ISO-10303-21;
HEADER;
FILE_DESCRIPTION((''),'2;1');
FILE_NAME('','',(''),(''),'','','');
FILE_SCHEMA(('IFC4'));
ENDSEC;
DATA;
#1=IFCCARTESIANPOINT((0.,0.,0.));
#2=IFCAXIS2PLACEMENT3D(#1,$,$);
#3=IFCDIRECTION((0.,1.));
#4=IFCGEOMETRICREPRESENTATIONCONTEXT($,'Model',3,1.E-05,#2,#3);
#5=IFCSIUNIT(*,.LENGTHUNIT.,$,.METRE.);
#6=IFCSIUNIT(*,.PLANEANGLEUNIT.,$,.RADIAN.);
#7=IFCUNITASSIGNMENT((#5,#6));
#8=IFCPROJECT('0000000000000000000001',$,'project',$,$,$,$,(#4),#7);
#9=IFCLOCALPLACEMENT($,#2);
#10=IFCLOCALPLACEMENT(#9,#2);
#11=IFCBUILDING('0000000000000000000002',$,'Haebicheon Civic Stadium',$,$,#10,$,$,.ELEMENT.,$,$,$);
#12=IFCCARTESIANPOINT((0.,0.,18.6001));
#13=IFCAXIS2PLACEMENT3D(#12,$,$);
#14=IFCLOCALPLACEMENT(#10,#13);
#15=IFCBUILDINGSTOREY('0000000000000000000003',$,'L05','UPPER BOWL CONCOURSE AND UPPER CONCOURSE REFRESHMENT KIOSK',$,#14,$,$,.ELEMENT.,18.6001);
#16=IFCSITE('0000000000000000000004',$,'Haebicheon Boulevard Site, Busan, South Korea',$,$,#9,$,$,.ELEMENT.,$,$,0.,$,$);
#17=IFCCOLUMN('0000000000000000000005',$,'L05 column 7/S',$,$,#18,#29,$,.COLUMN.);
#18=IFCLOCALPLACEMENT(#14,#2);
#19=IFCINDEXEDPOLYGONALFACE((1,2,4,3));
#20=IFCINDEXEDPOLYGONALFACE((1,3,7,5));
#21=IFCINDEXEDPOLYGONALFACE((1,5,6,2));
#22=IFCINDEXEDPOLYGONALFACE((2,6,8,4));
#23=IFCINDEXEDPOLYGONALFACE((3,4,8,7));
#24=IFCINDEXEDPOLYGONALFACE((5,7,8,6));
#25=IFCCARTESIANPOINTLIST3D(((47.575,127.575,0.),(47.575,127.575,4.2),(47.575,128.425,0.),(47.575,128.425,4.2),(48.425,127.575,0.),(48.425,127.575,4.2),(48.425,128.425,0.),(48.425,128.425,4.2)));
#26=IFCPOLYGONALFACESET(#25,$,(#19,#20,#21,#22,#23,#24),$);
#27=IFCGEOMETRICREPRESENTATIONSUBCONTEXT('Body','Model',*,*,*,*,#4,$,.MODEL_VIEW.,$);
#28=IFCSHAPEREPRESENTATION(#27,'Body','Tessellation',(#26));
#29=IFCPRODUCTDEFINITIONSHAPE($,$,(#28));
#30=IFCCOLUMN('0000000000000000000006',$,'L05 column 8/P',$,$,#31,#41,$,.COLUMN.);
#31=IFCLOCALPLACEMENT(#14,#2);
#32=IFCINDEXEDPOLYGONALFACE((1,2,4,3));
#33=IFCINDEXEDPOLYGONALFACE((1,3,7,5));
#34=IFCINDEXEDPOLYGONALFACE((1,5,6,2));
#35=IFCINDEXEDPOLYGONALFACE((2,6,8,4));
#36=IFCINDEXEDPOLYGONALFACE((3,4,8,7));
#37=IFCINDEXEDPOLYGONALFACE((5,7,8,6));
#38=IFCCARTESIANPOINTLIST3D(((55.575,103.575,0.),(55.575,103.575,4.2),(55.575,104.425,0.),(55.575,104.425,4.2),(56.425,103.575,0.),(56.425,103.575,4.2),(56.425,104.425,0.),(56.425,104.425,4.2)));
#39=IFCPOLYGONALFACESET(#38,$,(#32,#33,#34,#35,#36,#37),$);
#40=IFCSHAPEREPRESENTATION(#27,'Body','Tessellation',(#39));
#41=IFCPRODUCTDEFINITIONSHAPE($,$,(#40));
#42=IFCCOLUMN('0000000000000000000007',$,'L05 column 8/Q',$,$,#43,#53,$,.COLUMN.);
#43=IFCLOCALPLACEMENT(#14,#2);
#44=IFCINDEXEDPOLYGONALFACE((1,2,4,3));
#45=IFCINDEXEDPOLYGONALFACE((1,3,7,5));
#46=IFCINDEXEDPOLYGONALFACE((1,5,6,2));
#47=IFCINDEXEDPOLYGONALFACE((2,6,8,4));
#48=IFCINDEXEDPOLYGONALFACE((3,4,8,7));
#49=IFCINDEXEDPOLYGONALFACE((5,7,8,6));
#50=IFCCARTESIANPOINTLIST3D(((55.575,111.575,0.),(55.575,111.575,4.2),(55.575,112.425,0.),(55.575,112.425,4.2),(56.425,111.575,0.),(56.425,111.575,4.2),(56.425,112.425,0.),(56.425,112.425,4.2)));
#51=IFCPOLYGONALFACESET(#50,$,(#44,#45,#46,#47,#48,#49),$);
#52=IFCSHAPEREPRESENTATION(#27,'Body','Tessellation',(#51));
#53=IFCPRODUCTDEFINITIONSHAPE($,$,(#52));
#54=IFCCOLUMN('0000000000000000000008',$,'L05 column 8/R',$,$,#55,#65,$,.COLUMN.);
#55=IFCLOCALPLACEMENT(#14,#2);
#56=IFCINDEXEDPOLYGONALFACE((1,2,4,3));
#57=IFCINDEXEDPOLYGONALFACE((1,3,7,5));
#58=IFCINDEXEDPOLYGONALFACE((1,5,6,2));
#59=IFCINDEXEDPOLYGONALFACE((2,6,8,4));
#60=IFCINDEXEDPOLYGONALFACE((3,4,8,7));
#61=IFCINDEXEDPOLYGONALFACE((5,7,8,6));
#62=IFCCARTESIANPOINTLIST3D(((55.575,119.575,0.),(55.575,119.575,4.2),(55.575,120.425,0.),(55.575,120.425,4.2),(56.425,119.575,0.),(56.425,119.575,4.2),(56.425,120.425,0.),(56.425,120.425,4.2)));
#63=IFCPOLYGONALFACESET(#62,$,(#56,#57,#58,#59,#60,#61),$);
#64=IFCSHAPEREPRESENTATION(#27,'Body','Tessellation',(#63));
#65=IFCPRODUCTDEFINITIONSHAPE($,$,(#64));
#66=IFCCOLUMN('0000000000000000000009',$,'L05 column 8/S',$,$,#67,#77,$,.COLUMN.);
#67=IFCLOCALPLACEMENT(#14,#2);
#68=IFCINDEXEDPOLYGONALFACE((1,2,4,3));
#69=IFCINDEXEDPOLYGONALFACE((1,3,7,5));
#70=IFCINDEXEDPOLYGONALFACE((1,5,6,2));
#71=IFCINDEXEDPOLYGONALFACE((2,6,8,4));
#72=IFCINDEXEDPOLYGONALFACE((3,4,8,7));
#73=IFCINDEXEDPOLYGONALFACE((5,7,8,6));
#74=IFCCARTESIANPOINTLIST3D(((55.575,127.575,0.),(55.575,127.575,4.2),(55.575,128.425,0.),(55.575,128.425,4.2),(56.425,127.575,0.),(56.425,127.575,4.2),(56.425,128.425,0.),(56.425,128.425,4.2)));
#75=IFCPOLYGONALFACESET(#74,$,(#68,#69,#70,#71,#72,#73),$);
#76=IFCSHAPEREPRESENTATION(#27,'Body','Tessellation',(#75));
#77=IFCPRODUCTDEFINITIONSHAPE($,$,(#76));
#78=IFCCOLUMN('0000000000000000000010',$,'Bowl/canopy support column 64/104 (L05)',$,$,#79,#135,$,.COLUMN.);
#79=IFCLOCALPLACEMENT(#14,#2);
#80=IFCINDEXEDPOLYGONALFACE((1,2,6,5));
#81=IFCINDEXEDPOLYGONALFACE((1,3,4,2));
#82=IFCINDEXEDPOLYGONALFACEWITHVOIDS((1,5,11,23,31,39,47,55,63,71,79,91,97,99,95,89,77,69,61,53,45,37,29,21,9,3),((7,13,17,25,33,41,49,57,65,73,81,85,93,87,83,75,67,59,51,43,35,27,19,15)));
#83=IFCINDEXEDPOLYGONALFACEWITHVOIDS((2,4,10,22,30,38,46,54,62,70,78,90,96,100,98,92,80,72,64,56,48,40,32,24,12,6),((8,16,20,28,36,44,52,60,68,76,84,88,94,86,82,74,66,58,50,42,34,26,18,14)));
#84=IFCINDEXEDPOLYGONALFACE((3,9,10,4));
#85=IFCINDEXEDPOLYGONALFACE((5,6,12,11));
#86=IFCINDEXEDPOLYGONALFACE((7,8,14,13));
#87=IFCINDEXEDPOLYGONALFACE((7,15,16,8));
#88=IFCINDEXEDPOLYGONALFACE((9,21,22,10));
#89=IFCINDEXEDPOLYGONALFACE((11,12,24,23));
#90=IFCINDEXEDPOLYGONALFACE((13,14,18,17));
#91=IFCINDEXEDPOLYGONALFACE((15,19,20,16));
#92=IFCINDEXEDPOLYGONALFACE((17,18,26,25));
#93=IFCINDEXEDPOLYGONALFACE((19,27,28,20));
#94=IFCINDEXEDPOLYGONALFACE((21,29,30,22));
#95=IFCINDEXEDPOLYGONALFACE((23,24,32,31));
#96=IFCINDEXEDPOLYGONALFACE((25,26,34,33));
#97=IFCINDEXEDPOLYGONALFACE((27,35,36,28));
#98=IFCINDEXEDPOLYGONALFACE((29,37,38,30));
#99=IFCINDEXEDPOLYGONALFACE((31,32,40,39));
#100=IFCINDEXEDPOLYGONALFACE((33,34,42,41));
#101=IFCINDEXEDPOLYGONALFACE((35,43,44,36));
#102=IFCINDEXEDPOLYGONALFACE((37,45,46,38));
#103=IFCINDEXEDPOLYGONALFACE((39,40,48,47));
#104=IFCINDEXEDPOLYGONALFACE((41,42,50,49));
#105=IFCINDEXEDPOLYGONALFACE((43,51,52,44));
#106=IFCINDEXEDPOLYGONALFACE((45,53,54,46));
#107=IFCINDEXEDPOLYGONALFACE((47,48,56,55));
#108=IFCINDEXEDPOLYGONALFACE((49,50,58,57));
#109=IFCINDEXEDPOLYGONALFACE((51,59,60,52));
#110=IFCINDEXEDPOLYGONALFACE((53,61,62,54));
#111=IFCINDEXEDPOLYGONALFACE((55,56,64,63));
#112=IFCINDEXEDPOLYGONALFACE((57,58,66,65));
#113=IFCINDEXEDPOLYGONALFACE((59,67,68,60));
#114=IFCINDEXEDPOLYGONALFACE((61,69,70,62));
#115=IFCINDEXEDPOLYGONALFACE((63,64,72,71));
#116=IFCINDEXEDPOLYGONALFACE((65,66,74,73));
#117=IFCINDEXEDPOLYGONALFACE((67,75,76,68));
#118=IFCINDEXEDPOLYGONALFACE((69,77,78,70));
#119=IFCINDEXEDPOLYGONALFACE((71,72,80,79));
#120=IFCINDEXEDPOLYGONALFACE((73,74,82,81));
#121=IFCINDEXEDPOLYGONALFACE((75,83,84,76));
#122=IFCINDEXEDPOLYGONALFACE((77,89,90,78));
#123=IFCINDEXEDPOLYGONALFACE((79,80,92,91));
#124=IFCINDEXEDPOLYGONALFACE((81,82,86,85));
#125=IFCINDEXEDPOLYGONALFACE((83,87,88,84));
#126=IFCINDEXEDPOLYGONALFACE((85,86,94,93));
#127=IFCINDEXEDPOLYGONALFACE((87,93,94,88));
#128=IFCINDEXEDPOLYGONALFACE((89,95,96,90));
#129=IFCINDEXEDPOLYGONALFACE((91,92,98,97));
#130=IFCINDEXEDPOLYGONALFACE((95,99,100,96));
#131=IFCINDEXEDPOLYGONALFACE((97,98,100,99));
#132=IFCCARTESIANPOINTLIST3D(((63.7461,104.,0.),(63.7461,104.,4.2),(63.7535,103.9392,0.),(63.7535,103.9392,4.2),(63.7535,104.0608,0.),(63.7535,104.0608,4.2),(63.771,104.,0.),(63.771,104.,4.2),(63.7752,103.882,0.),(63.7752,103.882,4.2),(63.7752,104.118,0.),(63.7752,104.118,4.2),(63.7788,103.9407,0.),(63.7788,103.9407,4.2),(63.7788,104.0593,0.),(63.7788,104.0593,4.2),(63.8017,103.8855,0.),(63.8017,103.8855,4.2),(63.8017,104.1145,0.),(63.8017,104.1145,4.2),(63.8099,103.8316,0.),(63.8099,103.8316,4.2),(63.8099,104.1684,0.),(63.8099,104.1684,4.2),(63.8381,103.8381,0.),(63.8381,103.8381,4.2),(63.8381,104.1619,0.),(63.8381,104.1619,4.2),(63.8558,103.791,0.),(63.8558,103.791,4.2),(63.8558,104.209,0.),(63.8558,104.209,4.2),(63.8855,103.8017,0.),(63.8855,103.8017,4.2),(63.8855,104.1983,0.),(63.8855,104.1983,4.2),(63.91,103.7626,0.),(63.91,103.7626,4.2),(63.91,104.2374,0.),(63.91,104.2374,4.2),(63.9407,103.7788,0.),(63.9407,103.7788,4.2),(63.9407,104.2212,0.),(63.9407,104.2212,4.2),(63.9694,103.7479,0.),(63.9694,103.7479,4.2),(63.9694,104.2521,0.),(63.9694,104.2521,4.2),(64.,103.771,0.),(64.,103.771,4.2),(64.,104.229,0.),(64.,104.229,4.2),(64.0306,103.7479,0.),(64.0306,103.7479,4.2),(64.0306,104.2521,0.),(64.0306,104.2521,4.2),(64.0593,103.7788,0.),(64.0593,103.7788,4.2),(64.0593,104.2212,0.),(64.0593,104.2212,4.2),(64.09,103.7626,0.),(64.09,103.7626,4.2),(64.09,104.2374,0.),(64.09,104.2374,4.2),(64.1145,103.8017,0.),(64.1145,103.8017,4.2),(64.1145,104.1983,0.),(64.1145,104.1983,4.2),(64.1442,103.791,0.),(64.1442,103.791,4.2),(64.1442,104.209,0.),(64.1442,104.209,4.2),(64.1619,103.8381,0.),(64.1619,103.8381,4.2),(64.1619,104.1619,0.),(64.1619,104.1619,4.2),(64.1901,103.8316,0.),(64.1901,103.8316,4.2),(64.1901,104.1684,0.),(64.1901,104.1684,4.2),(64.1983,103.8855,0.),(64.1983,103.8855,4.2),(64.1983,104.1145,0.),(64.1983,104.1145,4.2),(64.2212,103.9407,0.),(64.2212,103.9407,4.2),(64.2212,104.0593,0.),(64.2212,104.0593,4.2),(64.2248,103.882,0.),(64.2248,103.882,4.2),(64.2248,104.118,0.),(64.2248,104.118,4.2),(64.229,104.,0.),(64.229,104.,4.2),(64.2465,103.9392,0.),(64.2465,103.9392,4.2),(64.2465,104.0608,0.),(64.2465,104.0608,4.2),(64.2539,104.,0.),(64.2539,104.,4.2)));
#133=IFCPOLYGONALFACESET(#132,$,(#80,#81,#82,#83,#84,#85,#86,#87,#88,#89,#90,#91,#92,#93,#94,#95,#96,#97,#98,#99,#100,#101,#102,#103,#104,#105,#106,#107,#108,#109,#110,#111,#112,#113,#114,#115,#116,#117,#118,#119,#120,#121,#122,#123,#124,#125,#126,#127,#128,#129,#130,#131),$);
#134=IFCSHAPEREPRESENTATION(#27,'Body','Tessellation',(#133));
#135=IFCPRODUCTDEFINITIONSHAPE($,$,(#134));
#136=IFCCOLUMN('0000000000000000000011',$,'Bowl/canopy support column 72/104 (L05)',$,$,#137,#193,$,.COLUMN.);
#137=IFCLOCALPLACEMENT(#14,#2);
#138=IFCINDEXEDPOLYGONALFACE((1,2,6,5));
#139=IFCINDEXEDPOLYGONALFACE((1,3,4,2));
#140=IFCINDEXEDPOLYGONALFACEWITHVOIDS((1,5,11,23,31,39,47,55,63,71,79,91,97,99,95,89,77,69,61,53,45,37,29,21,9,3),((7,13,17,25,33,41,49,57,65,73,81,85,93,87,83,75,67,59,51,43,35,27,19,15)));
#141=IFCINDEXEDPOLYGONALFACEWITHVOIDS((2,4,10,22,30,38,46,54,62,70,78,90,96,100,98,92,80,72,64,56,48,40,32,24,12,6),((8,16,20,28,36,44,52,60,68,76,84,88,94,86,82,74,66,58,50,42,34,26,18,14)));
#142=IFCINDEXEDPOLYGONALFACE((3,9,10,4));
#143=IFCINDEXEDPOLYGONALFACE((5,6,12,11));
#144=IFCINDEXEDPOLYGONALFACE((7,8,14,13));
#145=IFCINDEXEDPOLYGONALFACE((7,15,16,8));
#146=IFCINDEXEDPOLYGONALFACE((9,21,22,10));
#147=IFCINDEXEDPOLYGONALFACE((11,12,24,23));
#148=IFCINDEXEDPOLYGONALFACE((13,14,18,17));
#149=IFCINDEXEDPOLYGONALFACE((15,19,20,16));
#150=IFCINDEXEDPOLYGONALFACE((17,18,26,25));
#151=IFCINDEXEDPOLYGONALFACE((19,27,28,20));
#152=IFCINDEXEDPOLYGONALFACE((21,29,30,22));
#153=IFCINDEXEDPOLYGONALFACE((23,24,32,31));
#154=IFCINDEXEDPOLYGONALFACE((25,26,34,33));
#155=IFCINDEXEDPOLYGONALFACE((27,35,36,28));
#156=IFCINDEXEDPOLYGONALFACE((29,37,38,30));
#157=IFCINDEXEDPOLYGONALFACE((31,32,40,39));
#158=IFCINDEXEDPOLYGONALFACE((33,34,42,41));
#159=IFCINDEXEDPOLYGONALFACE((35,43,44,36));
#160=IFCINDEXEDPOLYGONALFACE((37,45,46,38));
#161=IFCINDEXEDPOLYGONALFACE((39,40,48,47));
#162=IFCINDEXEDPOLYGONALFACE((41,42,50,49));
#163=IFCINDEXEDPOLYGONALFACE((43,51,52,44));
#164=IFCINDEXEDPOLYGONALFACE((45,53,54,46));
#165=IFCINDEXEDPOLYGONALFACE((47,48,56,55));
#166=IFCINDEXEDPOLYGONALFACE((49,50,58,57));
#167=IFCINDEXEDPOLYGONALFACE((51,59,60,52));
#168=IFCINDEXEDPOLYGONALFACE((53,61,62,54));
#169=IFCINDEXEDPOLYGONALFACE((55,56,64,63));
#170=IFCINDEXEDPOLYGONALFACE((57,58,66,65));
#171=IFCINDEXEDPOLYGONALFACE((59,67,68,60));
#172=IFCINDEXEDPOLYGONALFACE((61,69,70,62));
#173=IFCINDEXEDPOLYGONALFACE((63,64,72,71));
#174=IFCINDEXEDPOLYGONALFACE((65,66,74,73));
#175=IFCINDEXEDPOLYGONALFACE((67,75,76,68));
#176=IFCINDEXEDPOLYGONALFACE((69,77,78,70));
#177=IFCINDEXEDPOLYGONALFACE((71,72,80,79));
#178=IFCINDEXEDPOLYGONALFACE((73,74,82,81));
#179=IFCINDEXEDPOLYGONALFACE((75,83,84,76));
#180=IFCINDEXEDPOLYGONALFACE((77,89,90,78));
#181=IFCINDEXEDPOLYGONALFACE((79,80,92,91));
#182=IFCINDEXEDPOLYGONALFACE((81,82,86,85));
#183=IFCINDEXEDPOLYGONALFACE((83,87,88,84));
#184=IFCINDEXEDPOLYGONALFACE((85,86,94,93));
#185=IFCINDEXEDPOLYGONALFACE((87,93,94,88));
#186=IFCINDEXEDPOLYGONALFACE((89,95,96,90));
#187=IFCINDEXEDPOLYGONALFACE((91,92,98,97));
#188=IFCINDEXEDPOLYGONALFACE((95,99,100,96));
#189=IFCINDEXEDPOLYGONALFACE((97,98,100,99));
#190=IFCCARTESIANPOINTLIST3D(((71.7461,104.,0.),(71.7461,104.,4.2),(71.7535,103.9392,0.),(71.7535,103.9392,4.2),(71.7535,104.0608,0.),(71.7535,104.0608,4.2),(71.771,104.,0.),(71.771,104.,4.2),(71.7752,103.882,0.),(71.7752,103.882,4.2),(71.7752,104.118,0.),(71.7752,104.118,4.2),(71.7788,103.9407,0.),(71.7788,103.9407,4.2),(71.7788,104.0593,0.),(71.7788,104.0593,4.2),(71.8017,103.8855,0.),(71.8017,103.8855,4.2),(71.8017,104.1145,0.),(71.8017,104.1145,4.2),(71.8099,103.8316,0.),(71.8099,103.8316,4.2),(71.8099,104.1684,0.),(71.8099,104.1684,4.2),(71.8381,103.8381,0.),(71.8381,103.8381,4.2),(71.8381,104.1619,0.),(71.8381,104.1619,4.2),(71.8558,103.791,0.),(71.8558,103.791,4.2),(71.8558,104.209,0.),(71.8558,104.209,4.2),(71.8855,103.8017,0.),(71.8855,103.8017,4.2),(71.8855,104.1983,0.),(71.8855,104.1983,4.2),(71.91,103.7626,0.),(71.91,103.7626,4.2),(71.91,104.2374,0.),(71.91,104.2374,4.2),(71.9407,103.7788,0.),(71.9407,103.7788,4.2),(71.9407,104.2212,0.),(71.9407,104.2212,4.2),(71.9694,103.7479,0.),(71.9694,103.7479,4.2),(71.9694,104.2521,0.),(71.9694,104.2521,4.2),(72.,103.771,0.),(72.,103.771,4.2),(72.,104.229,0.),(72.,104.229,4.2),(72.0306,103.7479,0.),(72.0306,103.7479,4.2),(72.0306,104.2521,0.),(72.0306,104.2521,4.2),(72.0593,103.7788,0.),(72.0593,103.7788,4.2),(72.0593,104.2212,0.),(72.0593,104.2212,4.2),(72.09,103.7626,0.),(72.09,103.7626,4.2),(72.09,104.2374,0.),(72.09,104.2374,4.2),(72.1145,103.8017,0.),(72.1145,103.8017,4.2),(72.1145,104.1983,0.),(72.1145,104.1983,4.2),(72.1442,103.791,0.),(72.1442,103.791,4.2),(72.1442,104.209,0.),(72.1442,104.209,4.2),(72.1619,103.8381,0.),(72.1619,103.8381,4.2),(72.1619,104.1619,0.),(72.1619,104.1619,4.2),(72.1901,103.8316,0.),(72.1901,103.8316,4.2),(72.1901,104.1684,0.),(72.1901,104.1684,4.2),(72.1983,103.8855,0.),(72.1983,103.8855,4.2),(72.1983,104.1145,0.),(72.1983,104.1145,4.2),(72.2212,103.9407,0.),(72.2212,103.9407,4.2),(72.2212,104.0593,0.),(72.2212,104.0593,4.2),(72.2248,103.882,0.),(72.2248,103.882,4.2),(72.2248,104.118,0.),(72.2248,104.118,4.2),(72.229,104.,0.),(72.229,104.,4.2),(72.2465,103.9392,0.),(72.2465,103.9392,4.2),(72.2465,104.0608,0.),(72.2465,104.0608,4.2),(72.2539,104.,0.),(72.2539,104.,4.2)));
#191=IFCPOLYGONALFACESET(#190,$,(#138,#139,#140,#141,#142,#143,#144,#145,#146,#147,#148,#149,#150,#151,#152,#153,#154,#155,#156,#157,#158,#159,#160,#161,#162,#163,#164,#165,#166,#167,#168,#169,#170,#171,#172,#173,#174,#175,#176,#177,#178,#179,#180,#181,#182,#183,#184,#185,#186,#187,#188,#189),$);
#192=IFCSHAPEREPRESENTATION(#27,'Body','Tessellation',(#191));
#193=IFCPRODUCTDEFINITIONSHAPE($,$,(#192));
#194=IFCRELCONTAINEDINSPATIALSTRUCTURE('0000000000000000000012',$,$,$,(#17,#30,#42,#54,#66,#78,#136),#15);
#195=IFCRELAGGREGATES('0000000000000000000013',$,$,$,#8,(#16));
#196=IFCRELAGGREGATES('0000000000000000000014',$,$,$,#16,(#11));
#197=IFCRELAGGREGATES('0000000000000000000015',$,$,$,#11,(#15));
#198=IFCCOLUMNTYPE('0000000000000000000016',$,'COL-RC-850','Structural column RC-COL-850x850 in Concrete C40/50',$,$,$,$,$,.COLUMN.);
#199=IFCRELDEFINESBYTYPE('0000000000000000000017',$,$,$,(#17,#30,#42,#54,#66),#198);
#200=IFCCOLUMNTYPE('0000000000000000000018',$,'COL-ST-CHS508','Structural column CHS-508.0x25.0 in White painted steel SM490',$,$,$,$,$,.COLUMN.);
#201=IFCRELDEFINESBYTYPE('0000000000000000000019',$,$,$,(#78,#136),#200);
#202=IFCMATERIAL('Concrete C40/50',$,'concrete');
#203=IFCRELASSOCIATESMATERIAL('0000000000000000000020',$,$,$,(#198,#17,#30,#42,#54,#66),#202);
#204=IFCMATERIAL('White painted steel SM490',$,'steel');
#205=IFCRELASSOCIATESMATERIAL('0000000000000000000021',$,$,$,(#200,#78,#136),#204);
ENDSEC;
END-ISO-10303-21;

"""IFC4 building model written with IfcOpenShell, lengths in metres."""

from ifc_helpers import new_model, si_unit, direction, frame, origin, origin_2d, place, context, subcontext, project, spatial, rectangle, hollow_circle, extrude, material, material_profile, profile_set, type_object, element, save


model = new_model("IFC4")

# Units and contexts
model_context = context("Model", 3, precision=1e-05, world=origin(), true_north=direction((0.0, 1.0)))
body_context = subcontext(model_context, "Body", "Model", "MODEL_VIEW")
ifc_project = project(units=[si_unit("LENGTHUNIT", "METRE"), si_unit("PLANEANGLEUNIT", "RADIAN")], contexts=[model_context])

# Site, building, storey
site_placement = place(None, origin())
site = spatial("IfcSite", under=ifc_project, at=site_placement, Name="Haebicheon Boulevard Site, Busan, South Korea", CompositionType="ELEMENT", RefElevation=0.0)
building_placement = place(site_placement, origin())
building = spatial("IfcBuilding", under=site, at=building_placement, Name="Haebicheon Civic Stadium", CompositionType="ELEMENT")
storey_placement = place(building_placement, frame((0.0, 0.0, 18.6001)))
storey = spatial("IfcBuildingStorey", under=building, at=storey_placement, Name="L05", Description="UPPER BOWL CONCOURSE AND UPPER CONCOURSE REFRESHMENT KIOSK", CompositionType="ELEMENT", Elevation=18.6001)

# Columns
ifc_material_1 = material(Name="Concrete C40/50", Category="concrete")
ifc_material_profile_1 = material_profile(ifc_material_1, rectangle(XDim=0.8501, YDim=0.8501, at=origin_2d()), Name="RC-COL-850x850")
ifc_profile_set_1 = profile_set([ifc_material_profile_1], Name="Concrete C40/50")
column_type_1 = type_object("IfcColumnType", Name="COL-RC-850", Description="Structural column RC-COL-850x850 in Concrete C40/50", PredefinedType="COLUMN", material=ifc_profile_set_1)
for number, where, z_axis, x_axis, name in (
    (1, (48.0, 128.0, 0.0), (0.0, 0.0, 1.0), (1.0, 0.0, 0.0), "L05 column 7/S"),
    (2, (56.0, 104.0, 0.0), (0.0, 0.0, 1.0), (1.0, 0.0, 0.0), "L05 column 8/P"),
    (3, (56.0, 112.0, 0.0), (0.0, 0.0, 1.0), (1.0, 0.0, 0.0), "L05 column 8/Q"),
    (4, (56.0, 120.0, 0.0), (0.0, 0.0, 1.0), (1.0, 0.0, 0.0), "L05 column 8/R"),
    (5, (56.0, 128.0, 0.0), (0.0, 0.0, 1.0), (1.0, 0.0, 0.0), "L05 column 8/S"),
):
    element("IfcColumn", number, at=place(storey_placement, frame(where, z_axis=z_axis, x_axis=x_axis)), inside=storey, type_object=column_type_1, material=ifc_profile_set_1, Name=name, PredefinedType="COLUMN", context=body_context, shape_type="SweptSolid", body=[
        extrude(rectangle(XDim=0.8501, YDim=0.8501, at=origin_2d()), origin(), (0.0, 0.0, 1.0), 4.2),
    ])
ifc_material_2 = material(Name="White painted steel SM490", Category="steel")
ifc_material_profile_2 = material_profile(ifc_material_2, hollow_circle(Radius=0.2539, WallThickness=0.0249, at=origin_2d()), Name="CHS-508.0x25.0")
ifc_profile_set_2 = profile_set([ifc_material_profile_2], Name="White painted steel SM490")
column_type_2 = type_object("IfcColumnType", Name="COL-ST-CHS508", Description="Structural column CHS-508.0x25.0 in White painted steel SM490", PredefinedType="COLUMN", material=ifc_profile_set_2)
for number, where, z_axis, x_axis, name in (
    (6, (64.0, 104.0, 0.0), (0.0, 0.0, 1.0), (1.0, 0.0, 0.0), "Bowl/canopy support column 64/104 (L05)"),
    (7, (72.0, 104.0, 0.0), (0.0, 0.0, 1.0), (1.0, 0.0, 0.0), "Bowl/canopy support column 72/104 (L05)"),
):
    element("IfcColumn", number, at=place(storey_placement, frame(where, z_axis=z_axis, x_axis=x_axis)), inside=storey, type_object=column_type_2, material=ifc_profile_set_2, Name=name, PredefinedType="COLUMN", context=body_context, shape_type="SweptSolid", body=[
        extrude(hollow_circle(Radius=0.2539, WallThickness=0.0249, at=origin_2d()), origin(), (0.0, 0.0, 1.0), 4.2),
    ])

save(model, "model.ifc")
